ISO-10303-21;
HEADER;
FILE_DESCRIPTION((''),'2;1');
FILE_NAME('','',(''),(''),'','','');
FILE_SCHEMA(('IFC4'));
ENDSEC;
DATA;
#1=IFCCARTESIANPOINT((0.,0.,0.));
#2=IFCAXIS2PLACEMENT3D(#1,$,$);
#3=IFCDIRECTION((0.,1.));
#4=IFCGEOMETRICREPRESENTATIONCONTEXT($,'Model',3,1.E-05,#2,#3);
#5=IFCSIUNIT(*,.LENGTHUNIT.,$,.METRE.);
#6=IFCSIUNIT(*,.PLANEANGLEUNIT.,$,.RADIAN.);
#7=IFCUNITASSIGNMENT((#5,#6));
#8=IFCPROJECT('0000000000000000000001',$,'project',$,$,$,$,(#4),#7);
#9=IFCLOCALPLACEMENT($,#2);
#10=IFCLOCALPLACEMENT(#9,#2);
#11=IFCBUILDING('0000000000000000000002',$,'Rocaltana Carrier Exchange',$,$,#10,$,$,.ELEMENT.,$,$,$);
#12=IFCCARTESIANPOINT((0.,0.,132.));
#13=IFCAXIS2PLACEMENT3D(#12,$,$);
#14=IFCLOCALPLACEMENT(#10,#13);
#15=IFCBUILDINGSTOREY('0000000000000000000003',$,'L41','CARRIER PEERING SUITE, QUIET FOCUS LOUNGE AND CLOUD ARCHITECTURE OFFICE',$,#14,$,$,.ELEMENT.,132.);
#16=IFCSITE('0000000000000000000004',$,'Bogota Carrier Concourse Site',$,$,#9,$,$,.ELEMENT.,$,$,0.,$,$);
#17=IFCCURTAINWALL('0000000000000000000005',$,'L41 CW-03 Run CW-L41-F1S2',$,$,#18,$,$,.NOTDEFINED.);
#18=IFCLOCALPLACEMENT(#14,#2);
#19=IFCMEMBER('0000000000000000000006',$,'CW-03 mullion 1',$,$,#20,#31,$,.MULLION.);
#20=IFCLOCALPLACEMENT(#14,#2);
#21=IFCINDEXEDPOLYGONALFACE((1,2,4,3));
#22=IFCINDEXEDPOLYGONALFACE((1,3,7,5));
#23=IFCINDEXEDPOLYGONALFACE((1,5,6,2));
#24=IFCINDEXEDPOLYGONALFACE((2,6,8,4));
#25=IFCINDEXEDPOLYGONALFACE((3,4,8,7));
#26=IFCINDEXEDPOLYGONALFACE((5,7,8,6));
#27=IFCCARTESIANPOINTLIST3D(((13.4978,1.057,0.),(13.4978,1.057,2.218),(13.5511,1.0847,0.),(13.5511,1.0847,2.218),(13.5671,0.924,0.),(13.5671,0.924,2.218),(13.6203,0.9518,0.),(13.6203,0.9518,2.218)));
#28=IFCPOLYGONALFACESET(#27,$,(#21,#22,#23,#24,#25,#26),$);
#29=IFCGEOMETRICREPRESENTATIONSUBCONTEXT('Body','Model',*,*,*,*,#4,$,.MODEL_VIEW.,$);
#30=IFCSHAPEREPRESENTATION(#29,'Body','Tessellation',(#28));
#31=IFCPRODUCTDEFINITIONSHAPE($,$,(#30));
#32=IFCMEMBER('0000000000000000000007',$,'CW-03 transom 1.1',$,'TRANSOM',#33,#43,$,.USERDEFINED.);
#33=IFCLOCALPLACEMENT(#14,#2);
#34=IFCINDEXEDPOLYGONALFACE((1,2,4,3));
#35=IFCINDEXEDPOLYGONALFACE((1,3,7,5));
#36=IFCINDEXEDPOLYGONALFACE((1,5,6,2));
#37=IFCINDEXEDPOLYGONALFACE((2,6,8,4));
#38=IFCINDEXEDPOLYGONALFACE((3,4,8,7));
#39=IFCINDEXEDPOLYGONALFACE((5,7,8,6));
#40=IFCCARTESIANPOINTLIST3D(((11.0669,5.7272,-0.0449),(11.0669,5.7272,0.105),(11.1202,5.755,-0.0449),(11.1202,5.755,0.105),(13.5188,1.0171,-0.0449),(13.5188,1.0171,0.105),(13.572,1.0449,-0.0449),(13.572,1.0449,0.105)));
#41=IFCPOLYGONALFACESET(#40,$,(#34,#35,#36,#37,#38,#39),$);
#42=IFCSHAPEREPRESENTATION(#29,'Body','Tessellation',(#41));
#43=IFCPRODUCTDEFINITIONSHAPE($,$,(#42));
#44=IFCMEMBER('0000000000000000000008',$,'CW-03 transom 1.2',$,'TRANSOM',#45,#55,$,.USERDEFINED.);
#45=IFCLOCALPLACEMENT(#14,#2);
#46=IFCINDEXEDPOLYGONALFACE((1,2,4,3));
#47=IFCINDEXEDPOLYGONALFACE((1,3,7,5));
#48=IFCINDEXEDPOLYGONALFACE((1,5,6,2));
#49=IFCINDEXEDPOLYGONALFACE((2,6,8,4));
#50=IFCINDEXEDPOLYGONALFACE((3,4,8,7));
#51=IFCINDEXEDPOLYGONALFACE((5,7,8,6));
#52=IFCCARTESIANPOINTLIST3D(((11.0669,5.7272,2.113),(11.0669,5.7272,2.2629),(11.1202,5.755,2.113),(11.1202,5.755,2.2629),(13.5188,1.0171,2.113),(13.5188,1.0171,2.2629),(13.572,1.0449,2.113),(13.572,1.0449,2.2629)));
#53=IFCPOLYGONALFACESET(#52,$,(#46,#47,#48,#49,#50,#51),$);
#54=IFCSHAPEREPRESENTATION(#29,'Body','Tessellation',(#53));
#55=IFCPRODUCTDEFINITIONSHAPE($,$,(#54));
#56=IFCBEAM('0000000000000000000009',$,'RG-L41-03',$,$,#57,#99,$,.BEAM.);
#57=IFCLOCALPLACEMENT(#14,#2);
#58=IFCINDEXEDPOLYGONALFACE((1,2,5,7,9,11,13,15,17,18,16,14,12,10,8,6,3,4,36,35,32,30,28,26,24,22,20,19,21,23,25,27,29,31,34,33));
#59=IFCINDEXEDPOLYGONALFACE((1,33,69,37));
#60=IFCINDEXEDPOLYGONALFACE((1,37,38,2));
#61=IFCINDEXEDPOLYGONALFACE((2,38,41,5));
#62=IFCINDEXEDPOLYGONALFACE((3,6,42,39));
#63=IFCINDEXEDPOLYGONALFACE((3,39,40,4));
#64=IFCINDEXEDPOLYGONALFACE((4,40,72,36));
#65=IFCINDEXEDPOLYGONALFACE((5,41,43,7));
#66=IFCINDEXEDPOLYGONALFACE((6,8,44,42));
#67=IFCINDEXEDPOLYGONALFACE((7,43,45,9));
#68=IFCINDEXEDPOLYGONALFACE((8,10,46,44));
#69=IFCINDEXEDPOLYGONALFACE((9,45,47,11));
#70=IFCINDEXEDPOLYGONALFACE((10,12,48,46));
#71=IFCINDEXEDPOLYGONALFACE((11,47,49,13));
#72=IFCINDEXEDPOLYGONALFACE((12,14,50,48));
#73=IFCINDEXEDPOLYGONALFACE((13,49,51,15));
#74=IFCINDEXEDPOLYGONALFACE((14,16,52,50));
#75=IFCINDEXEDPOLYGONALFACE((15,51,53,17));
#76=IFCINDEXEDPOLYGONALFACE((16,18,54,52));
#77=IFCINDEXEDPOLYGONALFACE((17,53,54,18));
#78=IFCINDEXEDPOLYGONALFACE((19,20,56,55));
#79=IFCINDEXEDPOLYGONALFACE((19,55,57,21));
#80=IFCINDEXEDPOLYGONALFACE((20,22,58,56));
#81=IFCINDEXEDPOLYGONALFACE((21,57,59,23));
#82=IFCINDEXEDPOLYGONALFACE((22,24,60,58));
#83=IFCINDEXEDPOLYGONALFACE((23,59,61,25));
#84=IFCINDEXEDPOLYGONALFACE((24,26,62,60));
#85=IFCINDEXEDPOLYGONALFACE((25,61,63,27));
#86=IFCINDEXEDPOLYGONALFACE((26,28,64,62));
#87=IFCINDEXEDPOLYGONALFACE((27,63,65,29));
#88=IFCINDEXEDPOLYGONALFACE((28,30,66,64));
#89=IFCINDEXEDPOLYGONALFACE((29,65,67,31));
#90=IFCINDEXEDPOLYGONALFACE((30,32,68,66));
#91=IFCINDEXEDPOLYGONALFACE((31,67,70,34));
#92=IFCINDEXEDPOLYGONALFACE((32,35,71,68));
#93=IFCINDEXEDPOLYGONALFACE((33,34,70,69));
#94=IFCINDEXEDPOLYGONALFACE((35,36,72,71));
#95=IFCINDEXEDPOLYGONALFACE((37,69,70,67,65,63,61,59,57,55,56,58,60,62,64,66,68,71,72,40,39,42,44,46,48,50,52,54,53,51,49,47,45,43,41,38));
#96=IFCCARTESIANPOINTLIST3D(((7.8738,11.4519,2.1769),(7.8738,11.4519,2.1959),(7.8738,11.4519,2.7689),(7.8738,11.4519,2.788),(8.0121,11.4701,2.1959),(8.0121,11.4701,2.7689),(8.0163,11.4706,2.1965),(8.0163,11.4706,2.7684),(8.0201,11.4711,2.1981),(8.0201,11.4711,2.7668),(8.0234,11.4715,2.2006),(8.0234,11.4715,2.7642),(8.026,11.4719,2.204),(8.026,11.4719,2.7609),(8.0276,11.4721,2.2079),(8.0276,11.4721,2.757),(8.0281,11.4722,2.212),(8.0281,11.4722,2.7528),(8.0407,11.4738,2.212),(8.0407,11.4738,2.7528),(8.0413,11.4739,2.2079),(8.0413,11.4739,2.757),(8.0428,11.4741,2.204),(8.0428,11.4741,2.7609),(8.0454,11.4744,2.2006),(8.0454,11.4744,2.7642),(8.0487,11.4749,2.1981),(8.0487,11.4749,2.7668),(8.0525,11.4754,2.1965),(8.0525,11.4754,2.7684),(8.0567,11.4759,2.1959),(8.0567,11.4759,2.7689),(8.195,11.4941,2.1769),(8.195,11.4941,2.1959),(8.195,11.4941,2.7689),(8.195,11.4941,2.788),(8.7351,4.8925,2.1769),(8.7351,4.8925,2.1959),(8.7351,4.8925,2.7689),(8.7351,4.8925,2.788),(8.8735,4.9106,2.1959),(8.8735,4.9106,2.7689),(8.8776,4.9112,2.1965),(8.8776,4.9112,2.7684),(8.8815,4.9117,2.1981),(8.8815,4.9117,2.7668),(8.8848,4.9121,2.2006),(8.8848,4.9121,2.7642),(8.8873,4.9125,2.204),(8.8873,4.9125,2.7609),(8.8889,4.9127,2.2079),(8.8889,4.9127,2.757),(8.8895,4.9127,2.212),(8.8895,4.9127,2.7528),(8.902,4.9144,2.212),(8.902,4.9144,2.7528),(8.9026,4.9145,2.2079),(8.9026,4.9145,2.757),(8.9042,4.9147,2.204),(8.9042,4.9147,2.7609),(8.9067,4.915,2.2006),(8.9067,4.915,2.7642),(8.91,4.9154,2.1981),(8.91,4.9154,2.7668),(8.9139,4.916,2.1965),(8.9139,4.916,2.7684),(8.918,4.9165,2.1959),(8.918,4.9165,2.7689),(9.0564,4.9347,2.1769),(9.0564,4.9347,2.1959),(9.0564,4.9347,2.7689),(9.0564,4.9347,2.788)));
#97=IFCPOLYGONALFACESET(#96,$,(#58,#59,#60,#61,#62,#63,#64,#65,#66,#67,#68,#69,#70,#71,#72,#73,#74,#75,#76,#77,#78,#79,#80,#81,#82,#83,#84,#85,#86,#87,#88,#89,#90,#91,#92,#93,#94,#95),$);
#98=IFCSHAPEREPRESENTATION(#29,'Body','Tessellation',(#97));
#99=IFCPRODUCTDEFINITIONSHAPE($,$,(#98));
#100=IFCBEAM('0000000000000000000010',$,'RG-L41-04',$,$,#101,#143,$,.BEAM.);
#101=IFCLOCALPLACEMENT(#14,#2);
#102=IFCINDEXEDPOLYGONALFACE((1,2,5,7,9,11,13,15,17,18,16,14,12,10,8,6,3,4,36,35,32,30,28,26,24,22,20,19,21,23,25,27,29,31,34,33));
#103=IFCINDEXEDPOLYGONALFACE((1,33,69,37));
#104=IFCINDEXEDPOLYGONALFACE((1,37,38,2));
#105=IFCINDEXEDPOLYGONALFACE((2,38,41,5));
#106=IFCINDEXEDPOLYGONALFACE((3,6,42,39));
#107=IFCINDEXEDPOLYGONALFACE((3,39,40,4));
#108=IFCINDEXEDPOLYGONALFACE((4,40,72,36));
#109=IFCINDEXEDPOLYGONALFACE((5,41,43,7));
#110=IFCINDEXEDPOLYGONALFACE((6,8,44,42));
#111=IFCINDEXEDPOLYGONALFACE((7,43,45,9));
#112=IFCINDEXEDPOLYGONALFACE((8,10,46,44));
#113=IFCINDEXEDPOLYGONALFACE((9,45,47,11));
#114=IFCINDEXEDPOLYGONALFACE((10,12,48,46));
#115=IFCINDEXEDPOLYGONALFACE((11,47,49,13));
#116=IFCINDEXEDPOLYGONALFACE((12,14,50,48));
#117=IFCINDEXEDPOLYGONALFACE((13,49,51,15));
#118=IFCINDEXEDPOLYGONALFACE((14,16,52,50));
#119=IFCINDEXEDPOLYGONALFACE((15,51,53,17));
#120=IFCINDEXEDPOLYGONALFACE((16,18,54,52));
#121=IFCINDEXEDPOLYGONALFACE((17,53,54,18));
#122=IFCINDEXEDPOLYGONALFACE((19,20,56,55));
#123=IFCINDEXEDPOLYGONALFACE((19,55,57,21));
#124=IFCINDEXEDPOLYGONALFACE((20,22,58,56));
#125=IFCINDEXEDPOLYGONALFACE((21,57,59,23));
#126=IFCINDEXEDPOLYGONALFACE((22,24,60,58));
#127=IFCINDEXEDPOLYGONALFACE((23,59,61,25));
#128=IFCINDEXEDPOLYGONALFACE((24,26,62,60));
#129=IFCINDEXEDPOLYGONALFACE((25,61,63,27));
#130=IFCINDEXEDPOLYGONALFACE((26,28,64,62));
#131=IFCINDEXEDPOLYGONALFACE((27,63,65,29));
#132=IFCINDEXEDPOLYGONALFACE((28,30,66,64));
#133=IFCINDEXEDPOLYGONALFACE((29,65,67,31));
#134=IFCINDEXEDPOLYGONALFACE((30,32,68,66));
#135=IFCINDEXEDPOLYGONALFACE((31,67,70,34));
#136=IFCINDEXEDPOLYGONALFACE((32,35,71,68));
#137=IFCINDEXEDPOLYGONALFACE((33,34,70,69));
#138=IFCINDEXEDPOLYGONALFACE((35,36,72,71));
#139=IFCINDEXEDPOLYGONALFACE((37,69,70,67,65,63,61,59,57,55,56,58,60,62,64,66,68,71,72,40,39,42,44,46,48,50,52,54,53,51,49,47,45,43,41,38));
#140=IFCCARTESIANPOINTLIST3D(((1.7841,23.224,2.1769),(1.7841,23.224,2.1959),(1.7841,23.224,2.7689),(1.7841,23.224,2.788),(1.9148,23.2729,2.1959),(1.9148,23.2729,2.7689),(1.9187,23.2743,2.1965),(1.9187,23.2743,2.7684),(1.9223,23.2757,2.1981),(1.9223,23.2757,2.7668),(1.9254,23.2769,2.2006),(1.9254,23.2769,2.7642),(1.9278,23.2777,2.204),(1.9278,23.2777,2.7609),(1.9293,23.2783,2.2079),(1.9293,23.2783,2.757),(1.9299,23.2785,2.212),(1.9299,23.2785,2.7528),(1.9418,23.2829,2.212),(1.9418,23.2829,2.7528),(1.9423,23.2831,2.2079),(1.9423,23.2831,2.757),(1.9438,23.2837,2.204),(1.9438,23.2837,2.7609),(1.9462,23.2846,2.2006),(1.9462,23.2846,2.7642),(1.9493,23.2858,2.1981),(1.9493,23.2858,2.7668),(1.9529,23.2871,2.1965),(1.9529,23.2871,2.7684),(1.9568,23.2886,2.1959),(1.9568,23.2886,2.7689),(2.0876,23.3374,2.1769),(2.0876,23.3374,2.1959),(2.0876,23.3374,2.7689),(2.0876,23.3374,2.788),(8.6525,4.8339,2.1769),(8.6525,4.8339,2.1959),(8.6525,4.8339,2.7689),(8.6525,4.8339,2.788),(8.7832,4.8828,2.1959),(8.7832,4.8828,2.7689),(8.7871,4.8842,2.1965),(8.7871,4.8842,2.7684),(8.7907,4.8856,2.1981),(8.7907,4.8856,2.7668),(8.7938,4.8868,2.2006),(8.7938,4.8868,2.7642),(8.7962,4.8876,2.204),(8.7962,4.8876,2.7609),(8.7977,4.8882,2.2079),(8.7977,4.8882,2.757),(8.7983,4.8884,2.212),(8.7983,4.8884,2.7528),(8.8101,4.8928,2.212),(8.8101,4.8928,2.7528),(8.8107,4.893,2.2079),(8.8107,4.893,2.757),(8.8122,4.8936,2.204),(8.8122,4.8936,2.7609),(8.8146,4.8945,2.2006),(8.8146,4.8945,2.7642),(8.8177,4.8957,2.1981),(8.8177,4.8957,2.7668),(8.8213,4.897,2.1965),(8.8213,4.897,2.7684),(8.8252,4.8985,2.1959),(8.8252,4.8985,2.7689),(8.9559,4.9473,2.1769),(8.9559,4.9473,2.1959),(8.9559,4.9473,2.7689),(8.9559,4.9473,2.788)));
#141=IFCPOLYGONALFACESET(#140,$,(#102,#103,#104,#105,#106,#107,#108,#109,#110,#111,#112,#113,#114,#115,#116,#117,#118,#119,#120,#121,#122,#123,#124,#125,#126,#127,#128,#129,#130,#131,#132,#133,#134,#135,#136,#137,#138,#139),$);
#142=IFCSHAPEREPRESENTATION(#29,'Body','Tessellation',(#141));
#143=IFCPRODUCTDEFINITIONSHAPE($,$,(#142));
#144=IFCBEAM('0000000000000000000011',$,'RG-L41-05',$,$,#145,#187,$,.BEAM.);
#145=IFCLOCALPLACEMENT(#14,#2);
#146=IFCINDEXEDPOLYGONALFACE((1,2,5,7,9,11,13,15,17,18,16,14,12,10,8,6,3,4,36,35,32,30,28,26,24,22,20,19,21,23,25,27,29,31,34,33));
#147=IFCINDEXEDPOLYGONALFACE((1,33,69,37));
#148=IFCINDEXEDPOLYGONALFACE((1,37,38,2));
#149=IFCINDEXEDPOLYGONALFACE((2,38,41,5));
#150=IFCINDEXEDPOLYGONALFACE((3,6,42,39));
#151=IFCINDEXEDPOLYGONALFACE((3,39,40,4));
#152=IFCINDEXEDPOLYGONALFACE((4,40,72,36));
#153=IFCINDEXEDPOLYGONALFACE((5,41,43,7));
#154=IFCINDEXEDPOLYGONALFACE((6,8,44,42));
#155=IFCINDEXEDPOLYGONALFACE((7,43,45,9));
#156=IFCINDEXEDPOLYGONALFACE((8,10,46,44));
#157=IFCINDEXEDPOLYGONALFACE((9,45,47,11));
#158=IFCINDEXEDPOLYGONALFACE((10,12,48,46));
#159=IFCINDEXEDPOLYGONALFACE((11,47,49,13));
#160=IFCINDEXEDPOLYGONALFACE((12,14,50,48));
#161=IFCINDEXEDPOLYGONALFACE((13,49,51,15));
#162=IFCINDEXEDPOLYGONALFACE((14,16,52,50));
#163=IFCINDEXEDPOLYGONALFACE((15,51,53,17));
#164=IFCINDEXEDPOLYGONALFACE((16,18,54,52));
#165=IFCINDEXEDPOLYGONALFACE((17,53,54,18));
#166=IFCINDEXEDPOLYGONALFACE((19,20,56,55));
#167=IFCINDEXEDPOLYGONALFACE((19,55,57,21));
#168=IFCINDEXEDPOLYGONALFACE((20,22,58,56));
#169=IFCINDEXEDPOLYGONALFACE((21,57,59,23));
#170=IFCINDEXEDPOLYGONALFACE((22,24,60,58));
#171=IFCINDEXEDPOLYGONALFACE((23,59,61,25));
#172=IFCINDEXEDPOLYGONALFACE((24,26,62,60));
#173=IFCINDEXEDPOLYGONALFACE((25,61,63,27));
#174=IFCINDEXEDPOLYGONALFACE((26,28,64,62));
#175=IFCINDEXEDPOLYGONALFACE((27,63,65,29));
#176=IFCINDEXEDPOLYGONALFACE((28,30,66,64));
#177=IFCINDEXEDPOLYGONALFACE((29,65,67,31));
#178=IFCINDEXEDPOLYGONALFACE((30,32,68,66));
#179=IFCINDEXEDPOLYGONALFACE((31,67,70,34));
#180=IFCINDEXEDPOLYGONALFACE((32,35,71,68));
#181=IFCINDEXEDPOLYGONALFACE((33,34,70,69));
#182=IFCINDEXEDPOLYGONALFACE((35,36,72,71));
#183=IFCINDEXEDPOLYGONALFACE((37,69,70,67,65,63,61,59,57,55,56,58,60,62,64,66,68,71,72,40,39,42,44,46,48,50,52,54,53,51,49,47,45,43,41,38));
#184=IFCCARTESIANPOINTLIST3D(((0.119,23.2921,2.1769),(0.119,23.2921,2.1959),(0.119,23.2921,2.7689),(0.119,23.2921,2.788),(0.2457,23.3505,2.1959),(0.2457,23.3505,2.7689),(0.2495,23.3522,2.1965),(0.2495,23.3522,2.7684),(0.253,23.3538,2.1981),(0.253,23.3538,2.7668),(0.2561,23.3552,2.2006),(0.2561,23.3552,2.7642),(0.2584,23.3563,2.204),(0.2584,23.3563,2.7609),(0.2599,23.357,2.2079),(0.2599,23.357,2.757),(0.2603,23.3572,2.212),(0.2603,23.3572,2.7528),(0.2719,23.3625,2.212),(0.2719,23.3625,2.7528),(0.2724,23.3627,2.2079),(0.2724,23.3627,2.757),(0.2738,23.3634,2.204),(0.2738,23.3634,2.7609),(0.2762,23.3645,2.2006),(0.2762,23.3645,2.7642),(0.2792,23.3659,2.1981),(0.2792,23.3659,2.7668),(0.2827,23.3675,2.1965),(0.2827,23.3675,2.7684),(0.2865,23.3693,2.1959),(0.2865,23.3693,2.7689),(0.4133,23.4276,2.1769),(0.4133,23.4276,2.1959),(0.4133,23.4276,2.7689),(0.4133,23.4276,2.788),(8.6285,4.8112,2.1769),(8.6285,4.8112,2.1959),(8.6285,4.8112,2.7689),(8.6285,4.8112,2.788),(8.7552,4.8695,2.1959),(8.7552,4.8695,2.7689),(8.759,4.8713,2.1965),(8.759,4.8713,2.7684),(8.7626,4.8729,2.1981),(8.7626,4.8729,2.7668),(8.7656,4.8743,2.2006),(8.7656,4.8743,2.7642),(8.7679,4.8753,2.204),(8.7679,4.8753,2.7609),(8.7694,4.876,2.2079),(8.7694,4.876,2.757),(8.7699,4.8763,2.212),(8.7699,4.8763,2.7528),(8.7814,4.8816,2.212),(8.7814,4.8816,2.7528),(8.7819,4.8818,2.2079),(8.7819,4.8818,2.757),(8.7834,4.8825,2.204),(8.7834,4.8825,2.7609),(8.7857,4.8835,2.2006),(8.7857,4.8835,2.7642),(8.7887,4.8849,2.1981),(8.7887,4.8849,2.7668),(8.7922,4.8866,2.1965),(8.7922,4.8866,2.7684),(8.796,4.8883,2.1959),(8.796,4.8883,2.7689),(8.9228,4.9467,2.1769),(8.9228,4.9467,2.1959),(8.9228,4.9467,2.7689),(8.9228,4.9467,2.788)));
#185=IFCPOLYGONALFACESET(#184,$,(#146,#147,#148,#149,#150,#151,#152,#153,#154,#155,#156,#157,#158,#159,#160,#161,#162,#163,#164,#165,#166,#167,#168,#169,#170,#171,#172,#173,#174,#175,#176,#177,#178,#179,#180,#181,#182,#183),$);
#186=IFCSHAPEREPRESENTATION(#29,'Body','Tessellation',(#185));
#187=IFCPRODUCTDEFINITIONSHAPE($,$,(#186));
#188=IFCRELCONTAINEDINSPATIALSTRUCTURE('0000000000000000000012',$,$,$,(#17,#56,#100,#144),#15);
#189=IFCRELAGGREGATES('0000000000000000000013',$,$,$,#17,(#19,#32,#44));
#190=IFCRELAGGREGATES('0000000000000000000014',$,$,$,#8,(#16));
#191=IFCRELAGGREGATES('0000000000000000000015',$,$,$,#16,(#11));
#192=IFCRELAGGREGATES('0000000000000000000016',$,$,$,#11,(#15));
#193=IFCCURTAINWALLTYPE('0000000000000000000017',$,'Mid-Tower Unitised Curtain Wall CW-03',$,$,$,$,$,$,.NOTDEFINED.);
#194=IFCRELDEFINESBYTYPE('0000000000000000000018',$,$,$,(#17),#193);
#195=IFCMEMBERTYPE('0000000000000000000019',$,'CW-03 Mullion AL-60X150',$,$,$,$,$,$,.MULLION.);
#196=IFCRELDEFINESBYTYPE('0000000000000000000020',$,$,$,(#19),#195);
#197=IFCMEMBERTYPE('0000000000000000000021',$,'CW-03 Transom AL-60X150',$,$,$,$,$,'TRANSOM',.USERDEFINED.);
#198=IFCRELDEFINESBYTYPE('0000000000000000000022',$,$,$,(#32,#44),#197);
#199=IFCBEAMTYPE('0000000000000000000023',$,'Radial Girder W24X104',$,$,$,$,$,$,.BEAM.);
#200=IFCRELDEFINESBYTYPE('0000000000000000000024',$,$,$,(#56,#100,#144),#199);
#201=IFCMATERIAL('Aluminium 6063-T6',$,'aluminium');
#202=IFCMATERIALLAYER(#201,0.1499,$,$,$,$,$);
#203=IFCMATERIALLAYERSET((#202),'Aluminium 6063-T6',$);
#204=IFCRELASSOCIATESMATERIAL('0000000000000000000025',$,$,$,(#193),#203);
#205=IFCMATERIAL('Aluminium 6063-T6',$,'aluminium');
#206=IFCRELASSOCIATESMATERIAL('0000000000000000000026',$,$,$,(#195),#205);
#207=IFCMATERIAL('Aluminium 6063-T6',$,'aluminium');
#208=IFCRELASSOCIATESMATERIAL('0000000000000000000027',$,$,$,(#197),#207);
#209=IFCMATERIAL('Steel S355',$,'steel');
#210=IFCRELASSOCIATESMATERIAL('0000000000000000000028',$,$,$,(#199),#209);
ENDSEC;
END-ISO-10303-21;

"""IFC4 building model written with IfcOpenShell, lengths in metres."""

from ifc_helpers import new_model, si_unit, direction, frame, origin, origin_2d, place, context, subcontext, project, spatial, rectangle, i_section, extrude, material, layer, layer_set, material_profile, profile_set, type_object, element, aggregate, save


model = new_model("IFC4")

# Units and contexts
model_context = context("Model", 3, precision=1e-05, world=origin(), true_north=direction((0.0, 1.0)))
body_context = subcontext(model_context, "Body", "Model", "MODEL_VIEW")
ifc_project = project(units=[si_unit("LENGTHUNIT", "METRE"), si_unit("PLANEANGLEUNIT", "RADIAN")], contexts=[model_context])

# Site, building, storey
site_placement = place(None, origin())
site = spatial("IfcSite", under=ifc_project, at=site_placement, Name="Bogota Carrier Concourse Site", CompositionType="ELEMENT", RefElevation=0.0)
building_placement = place(site_placement, origin())
building = spatial("IfcBuilding", under=site, at=building_placement, Name="Rocaltana Carrier Exchange", CompositionType="ELEMENT")
storey_placement = place(building_placement, frame((0.0, 0.0, 132.0)))
storey = spatial("IfcBuildingStorey", under=building, at=storey_placement, Name="L41", Description="CARRIER PEERING SUITE, QUIET FOCUS LOUNGE AND CLOUD ARCHITECTURE OFFICE", CompositionType="ELEMENT", Elevation=132.0)

# Curtain wall, members
ifc_material_1 = material(Name="Aluminium 6063-T6", Category="aluminium")
ifc_layer_1 = layer(ifc_material_1, 0.1499)
ifc_layer_set_1 = layer_set([ifc_layer_1], Name="Aluminium 6063-T6")
curtain_wall_type = type_object("IfcCurtainWallType", Name="Mid-Tower Unitised Curtain Wall CW-03", PredefinedType="NOTDEFINED", material=ifc_layer_set_1)
curtain_wall_placement = place(storey_placement, origin())
curtain_wall = element("IfcCurtainWall", 1, at=curtain_wall_placement, inside=storey, type_object=curtain_wall_type, Name="L41 CW-03 Run CW-L41-F1S2", PredefinedType="NOTDEFINED")
ifc_material_2 = material(Name="Aluminium 6063-T6", Category="aluminium")
ifc_material_profile_1 = material_profile(ifc_material_2, rectangle(XDim=0.0601, YDim=0.1499, at=origin_2d()), Name="AL-60X150")
ifc_profile_set_1 = profile_set([ifc_material_profile_1], Name="Aluminium 6063-T6")
member_type_1 = type_object("IfcMemberType", Name="CW-03 Mullion AL-60X150", PredefinedType="MULLION", material=ifc_profile_set_1)
member_1_placement = place(storey_placement, frame((13.5591, 1.0044, 0.0), z_axis=(0.0, 0.0, 1.0), x_axis=(-0.887012, -0.461747, 0.0)))
member_1 = element("IfcMember", 2, at=member_1_placement, type_object=member_type_1, Name="CW-03 mullion 1", PredefinedType="MULLION", context=body_context, shape_type="SweptSolid", body=[
    extrude(rectangle(XDim=0.0601, YDim=0.1499, at=origin_2d()), origin(), (0.0, 0.0, 1.0), 2.218),
])
ifc_material_3 = material(Name="Aluminium 6063-T6", Category="aluminium")
ifc_material_profile_2 = material_profile(ifc_material_3, rectangle(XDim=0.0601, YDim=0.1499, at=origin_2d()), Name="AL-60X150")
ifc_profile_set_2 = profile_set([ifc_material_profile_2], Name="Aluminium 6063-T6")
member_type_2 = type_object("IfcMemberType", Name="CW-03 Transom AL-60X150", ElementType="TRANSOM", PredefinedType="USERDEFINED", material=ifc_profile_set_2)
member_2_placement = place(storey_placement, frame((13.5454, 1.031, 0.03), z_axis=(-0.461738, 0.887016, 0.0), x_axis=(-0.887016, -0.461738, 0.0)))
member_2 = element("IfcMember", 3, at=member_2_placement, type_object=member_type_2, Name="CW-03 transom 1.1", ObjectType="TRANSOM", PredefinedType="USERDEFINED", context=body_context, shape_type="SweptSolid", body=[
    extrude(rectangle(XDim=0.0601, YDim=0.1499, at=origin_2d()), origin(), (0.0, 0.0, 1.0), 5.3101),
])
member_3_placement = place(storey_placement, frame((13.5454, 1.031, 2.188), z_axis=(-0.461738, 0.887016, 0.0), x_axis=(-0.887016, -0.461738, 0.0)))
member_3 = element("IfcMember", 4, at=member_3_placement, type_object=member_type_2, Name="CW-03 transom 1.2", ObjectType="TRANSOM", PredefinedType="USERDEFINED", context=body_context, shape_type="SweptSolid", body=[
    extrude(rectangle(XDim=0.0601, YDim=0.1499, at=origin_2d()), origin(), (0.0, 0.0, 1.0), 5.3101),
])

# Beams
ifc_material_4 = material(Name="Steel S355", Category="steel")
ifc_material_profile_3 = material_profile(ifc_material_4, i_section(OverallWidth=0.324, OverallDepth=0.6111, WebThickness=0.0127, FlangeThickness=0.019, FilletRadius=0.0161, at=origin_2d()), Name="W24X104")
ifc_profile_set_3 = profile_set([ifc_material_profile_3], Name="Steel S355")
beam_type_1 = type_object("IfcBeamType", Name="Radial Girder W24X104", PredefinedType="BEAM", material=ifc_profile_set_3)
beam_1_placement = place(storey_placement, frame((8.8958, 4.9136, 2.4824), z_axis=(-0.130196, 0.991488, 0.0), x_axis=(-0.991488, -0.130196, 0.0)))
element("IfcBeam", 5, at=beam_1_placement, inside=storey, type_object=beam_type_1, Name="RG-L41-03", PredefinedType="BEAM", context=body_context, shape_type="SweptSolid", body=[
    extrude(i_section(OverallWidth=0.324, OverallDepth=0.6111, WebThickness=0.0127, FlangeThickness=0.019, FilletRadius=0.0161, at=origin_2d()), origin(), (0.0, 0.0, 1.0), 6.6157),
])
beam_2_placement = place(storey_placement, frame((8.8042, 4.8906, 2.4824), z_axis=(-0.349877, 0.936795, 0.0), x_axis=(-0.936795, -0.349877, 0.0)))
element("IfcBeam", 6, at=beam_2_placement, inside=storey, type_object=beam_type_1, Name="RG-L41-04", PredefinedType="BEAM", context=body_context, shape_type="SweptSolid", body=[
    extrude(i_section(OverallWidth=0.324, OverallDepth=0.6111, WebThickness=0.0127, FlangeThickness=0.019, FilletRadius=0.0161, at=origin_2d()), origin(), (0.0, 0.0, 1.0), 19.6309),
])
beam_3_placement = place(storey_placement, frame((8.7756, 4.8789, 2.4824), z_axis=(-0.418242, 0.908336, 0.0), x_axis=(-0.908336, -0.418242, 0.0)))
element("IfcBeam", 7, at=beam_3_placement, inside=storey, type_object=beam_type_1, Name="RG-L41-05", PredefinedType="BEAM", context=body_context, shape_type="SweptSolid", body=[
    extrude(i_section(OverallWidth=0.324, OverallDepth=0.6111, WebThickness=0.0127, FlangeThickness=0.019, FilletRadius=0.0161, at=origin_2d()), origin(), (0.0, 0.0, 1.0), 20.3459),
])

aggregate(curtain_wall, [member_1, member_2, member_3])

save(model, "model.ifc")
